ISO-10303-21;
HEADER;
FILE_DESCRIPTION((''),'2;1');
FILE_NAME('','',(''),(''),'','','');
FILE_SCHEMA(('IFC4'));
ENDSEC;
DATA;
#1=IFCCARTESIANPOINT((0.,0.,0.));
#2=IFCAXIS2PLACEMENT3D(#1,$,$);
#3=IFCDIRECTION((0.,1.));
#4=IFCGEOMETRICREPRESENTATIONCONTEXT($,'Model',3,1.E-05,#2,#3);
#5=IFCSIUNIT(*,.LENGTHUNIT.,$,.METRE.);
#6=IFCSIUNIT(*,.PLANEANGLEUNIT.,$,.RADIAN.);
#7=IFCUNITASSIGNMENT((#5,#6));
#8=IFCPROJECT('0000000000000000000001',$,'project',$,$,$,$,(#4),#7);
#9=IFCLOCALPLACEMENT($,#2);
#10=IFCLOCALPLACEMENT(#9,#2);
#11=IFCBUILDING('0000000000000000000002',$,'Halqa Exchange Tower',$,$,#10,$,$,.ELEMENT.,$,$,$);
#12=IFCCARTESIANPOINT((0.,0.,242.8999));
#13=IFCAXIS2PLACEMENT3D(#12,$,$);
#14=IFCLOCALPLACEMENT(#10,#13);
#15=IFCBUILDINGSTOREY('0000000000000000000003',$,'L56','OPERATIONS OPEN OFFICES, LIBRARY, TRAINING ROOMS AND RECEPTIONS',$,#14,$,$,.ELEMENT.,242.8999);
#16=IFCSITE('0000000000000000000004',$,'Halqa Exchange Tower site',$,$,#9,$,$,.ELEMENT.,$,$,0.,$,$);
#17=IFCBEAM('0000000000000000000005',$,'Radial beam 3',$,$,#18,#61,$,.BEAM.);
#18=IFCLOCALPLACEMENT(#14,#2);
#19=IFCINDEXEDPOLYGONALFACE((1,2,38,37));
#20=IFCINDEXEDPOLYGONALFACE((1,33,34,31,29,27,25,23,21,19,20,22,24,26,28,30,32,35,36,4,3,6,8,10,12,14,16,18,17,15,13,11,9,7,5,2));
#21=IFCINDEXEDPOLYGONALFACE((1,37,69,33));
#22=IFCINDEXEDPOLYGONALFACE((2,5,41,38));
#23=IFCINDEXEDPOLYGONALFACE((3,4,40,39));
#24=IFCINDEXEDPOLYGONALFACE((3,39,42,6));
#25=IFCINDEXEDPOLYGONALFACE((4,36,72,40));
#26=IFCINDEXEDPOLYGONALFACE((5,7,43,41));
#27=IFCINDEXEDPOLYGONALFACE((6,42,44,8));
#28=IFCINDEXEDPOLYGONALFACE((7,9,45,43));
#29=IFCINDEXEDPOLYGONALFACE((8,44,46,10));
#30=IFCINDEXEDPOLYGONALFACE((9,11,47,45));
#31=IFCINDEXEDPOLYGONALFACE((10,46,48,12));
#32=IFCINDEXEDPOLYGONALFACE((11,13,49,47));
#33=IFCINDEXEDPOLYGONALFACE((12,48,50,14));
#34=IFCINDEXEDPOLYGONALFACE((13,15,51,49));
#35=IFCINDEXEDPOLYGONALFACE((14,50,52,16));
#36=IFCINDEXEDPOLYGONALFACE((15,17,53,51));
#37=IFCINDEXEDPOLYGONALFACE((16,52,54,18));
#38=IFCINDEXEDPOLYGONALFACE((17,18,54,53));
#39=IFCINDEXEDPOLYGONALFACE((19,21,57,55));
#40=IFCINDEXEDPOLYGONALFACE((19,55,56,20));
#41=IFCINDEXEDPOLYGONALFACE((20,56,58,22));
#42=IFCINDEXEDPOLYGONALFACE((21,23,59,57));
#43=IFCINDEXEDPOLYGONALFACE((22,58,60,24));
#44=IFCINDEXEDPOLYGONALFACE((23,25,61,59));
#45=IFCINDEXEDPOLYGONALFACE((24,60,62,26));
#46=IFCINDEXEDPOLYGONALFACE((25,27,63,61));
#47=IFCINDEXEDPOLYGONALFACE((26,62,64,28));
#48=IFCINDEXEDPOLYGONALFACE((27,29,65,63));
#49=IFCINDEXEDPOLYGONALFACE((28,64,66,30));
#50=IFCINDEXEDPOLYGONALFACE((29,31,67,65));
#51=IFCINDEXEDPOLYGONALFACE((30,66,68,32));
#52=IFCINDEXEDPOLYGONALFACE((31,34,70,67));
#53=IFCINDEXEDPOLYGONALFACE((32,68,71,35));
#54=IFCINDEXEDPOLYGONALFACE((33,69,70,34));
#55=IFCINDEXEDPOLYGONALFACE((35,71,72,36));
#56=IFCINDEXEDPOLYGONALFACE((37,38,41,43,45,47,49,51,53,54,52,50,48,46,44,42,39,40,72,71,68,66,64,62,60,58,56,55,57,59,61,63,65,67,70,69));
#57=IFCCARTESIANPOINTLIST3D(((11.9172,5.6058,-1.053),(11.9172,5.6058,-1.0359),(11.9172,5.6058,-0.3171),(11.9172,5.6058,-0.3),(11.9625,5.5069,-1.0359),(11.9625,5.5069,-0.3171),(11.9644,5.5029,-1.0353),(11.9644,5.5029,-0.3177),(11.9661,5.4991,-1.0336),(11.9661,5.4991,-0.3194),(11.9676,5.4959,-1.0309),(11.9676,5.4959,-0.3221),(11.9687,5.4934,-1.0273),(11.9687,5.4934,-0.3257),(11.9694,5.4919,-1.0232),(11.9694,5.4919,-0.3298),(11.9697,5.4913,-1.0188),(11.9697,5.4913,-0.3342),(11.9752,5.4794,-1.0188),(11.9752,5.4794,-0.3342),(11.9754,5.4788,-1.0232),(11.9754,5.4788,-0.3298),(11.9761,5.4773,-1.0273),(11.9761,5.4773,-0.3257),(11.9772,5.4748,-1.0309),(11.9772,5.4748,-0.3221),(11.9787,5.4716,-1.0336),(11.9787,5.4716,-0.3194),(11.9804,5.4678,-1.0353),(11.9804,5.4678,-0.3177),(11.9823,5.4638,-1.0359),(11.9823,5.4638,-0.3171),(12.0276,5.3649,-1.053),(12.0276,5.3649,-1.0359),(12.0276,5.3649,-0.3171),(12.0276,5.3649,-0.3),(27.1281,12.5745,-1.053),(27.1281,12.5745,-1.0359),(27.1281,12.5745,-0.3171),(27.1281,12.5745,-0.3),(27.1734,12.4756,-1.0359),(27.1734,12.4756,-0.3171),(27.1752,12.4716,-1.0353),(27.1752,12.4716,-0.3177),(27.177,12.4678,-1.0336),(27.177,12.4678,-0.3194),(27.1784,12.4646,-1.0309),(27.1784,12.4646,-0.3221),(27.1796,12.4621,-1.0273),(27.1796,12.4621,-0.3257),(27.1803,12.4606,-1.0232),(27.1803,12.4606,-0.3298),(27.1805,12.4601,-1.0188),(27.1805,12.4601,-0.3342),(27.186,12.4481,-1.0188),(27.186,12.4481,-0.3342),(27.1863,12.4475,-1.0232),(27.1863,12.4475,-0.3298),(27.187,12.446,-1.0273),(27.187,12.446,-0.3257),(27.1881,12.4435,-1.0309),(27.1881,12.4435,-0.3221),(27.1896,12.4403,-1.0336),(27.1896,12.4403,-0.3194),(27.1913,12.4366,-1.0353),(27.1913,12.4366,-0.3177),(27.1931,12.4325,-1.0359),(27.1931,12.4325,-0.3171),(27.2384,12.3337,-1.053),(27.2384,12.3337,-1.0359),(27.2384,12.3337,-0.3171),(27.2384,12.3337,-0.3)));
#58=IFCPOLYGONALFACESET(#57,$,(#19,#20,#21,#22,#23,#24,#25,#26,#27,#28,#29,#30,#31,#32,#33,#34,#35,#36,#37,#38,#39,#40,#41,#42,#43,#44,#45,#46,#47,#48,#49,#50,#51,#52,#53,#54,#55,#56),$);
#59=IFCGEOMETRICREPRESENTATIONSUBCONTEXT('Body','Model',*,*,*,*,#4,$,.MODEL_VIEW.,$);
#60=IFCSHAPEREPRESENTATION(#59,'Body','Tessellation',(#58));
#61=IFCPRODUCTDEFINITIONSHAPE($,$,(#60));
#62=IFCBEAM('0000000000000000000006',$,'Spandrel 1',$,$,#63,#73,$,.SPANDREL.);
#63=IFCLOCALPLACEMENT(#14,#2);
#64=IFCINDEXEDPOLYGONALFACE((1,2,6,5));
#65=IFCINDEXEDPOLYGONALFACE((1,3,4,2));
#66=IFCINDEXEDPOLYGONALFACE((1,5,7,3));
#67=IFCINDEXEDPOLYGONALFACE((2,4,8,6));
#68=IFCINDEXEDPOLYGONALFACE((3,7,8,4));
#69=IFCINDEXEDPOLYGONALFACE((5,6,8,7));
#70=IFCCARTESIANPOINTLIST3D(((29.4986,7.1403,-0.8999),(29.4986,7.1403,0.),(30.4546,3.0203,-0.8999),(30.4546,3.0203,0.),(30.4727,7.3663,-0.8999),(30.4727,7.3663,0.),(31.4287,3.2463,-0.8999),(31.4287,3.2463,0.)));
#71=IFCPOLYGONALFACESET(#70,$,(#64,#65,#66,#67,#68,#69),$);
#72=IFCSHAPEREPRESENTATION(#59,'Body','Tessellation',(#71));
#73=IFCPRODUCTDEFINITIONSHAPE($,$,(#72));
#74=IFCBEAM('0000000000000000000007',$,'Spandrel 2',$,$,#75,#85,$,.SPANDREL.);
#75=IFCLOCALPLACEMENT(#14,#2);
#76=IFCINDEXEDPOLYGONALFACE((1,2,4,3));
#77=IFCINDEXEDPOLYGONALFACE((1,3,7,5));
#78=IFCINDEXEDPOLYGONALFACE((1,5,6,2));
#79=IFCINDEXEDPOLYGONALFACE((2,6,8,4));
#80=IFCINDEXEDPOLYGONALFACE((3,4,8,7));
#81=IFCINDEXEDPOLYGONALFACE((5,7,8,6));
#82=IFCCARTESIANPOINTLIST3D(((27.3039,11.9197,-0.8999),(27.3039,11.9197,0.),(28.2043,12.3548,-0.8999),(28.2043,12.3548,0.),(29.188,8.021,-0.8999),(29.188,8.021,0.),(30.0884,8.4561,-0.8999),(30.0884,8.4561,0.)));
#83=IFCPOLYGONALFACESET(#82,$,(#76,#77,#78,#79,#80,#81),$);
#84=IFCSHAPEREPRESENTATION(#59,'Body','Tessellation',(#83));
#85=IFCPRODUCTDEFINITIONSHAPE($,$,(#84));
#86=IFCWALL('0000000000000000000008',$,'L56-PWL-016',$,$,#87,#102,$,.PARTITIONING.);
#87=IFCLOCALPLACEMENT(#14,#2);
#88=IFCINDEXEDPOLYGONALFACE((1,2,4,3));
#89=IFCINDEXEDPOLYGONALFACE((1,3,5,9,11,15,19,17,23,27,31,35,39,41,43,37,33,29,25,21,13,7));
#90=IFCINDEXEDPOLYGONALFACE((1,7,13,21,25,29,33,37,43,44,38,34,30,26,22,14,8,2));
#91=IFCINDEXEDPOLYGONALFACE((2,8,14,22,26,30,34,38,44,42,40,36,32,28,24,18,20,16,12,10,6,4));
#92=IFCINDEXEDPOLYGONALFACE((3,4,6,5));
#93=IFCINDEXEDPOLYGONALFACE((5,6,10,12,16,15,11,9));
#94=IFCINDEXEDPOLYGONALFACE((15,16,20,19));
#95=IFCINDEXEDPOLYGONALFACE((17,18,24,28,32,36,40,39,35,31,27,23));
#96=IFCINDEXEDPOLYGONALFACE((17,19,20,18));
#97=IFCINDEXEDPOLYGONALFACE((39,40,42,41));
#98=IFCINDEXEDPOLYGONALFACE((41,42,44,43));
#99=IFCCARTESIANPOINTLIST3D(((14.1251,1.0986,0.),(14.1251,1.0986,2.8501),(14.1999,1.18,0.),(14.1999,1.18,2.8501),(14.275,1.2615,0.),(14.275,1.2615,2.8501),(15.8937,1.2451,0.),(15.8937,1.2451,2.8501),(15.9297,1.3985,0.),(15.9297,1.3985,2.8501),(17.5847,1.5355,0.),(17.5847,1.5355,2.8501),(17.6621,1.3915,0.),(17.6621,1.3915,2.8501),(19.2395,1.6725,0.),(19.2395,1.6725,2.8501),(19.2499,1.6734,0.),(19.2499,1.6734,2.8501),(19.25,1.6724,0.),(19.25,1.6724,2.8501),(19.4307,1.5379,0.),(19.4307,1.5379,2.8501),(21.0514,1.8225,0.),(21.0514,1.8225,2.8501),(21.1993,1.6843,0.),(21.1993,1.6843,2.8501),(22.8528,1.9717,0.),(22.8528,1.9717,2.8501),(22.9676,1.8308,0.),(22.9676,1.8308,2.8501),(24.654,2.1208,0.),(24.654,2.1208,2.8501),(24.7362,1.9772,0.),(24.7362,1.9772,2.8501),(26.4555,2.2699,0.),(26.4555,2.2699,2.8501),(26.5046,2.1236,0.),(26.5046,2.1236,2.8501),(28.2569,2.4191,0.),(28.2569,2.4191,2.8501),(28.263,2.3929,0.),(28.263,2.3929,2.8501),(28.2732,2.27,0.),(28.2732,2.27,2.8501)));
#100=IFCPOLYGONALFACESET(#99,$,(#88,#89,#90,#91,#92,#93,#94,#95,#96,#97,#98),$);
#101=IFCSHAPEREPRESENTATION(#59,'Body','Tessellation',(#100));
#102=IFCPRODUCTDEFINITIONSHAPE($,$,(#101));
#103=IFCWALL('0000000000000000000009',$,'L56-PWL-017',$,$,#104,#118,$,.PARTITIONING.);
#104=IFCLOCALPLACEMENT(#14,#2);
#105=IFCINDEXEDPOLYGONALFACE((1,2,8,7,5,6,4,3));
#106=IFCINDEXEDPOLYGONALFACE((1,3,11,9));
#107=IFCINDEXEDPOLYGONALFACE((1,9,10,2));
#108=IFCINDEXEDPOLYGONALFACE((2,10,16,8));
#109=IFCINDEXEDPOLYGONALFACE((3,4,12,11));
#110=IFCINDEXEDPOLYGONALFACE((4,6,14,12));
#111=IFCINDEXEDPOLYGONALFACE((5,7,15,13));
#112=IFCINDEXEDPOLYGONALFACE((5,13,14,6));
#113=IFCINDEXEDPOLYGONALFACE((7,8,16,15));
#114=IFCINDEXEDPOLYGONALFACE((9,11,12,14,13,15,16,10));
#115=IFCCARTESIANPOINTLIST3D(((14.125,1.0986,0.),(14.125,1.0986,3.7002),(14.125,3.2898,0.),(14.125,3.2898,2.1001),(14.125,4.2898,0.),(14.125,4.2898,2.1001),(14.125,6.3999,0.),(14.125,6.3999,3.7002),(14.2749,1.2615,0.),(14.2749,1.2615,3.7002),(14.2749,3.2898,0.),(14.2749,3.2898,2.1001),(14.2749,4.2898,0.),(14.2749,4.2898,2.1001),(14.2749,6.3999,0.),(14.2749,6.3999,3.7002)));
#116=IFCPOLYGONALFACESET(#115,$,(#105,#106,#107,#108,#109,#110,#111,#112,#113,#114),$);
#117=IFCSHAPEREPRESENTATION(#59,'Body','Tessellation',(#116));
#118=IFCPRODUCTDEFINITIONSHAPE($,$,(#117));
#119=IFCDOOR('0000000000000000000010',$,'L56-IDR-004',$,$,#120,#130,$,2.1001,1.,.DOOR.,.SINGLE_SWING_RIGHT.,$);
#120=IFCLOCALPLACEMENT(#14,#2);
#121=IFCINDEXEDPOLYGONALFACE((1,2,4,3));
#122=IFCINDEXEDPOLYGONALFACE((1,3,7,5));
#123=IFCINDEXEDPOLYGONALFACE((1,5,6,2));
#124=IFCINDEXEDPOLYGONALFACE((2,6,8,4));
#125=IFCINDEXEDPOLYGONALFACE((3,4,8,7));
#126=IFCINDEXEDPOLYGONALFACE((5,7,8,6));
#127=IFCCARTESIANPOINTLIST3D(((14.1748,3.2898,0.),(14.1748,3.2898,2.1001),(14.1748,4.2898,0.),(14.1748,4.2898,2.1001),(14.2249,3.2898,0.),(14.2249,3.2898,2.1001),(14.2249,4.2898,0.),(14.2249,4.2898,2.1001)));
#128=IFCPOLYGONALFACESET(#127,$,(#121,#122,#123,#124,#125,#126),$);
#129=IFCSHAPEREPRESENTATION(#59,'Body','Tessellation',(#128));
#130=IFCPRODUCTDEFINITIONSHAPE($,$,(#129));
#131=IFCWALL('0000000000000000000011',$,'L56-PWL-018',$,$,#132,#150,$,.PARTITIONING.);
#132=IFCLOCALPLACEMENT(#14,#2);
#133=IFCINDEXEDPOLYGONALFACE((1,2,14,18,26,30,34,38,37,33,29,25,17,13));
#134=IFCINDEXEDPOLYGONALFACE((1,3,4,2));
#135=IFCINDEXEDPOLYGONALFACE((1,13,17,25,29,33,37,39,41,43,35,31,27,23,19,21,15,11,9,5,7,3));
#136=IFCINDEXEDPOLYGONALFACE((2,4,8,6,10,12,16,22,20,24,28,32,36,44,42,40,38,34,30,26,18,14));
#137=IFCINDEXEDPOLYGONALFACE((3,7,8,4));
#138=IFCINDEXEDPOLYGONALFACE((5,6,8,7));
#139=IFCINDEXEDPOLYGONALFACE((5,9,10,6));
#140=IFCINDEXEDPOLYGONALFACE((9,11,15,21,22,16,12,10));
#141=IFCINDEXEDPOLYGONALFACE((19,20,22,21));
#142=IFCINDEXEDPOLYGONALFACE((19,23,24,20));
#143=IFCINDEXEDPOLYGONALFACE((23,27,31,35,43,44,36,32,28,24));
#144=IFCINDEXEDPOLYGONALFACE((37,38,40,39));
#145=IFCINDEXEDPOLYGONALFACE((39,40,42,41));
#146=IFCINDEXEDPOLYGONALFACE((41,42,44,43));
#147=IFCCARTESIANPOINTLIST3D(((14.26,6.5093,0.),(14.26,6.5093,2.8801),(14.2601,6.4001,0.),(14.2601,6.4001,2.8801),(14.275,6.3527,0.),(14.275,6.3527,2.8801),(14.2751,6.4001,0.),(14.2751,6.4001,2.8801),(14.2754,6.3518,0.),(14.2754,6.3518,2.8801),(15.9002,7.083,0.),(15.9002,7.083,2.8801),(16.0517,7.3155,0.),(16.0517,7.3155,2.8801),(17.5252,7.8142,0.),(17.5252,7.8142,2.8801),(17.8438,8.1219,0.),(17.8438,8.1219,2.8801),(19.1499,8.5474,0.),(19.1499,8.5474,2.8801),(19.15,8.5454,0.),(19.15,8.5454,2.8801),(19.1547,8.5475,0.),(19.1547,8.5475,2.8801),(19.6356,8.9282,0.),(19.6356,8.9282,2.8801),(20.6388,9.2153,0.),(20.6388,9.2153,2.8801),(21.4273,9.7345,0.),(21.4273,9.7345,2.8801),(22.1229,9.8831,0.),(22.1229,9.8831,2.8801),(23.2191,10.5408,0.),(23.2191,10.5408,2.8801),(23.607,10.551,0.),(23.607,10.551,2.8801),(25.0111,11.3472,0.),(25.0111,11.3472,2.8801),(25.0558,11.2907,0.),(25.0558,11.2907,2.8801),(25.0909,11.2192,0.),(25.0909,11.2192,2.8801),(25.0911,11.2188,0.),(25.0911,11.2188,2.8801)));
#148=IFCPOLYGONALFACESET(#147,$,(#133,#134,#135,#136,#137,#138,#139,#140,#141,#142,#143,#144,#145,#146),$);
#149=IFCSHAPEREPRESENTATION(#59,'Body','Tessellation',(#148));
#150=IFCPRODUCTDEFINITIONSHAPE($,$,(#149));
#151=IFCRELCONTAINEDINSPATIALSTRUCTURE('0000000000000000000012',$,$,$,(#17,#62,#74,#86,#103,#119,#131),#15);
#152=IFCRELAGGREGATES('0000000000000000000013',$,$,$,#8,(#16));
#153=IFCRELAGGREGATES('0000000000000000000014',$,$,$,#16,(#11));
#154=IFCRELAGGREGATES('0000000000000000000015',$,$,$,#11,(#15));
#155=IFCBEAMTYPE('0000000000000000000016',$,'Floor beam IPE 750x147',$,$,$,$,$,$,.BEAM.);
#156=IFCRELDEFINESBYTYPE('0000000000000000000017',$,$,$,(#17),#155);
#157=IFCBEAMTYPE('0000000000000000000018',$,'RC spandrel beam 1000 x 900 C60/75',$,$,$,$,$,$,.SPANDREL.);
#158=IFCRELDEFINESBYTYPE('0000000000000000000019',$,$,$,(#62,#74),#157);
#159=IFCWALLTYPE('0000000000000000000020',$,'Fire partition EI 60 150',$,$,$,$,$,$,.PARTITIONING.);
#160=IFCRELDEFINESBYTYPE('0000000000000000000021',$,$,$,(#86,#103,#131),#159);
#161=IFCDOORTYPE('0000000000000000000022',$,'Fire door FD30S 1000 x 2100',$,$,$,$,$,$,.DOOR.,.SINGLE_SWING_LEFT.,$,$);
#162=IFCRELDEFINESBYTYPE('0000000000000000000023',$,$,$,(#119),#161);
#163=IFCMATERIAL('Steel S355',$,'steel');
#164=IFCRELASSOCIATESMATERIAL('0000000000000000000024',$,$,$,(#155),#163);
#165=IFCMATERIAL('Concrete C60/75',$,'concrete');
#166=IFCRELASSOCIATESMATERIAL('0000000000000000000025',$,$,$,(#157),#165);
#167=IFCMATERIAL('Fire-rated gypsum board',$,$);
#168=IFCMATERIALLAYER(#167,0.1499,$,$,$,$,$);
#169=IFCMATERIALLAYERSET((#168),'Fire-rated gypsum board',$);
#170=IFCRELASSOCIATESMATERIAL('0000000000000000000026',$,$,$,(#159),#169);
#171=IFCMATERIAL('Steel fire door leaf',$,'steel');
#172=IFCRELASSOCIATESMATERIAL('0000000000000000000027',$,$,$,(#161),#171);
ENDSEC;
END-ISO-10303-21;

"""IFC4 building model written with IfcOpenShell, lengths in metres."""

from ifc_helpers import new_model, si_unit, direction, frame, frame_2d, origin, origin_2d, place, context, subcontext, project, spatial, polyline, rectangle, i_section, outline, extrude, material, layer, layer_set, material_profile, profile_set, type_object, element, fill, save


model = new_model("IFC4")

# Units and contexts
model_context = context("Model", 3, precision=1e-05, world=origin(), true_north=direction((0.0, 1.0)))
body_context = subcontext(model_context, "Body", "Model", "MODEL_VIEW")
ifc_project = project(units=[si_unit("LENGTHUNIT", "METRE"), si_unit("PLANEANGLEUNIT", "RADIAN")], contexts=[model_context])

# Site, building, storey
site_placement = place(None, origin())
site = spatial("IfcSite", under=ifc_project, at=site_placement, Name="Halqa Exchange Tower site", CompositionType="ELEMENT", RefElevation=0.0)
building_placement = place(site_placement, origin())
building = spatial("IfcBuilding", under=site, at=building_placement, Name="Halqa Exchange Tower", CompositionType="ELEMENT")
storey_placement = place(building_placement, frame((0.0, 0.0, 242.8999)))
storey = spatial("IfcBuildingStorey", under=building, at=storey_placement, Name="L56", Description="OPERATIONS OPEN OFFICES, LIBRARY, TRAINING ROOMS AND RECEPTIONS", CompositionType="ELEMENT", Elevation=242.8999)

# Shared definitions
ifc_material_1 = material(Name="Concrete C60/75", Category="concrete")

# Beams
ifc_material_2 = material(Name="Steel S355", Category="steel")
ifc_material_profile_1 = material_profile(ifc_material_2, i_section(OverallWidth=0.2649, OverallDepth=0.7529, WebThickness=0.0132, FlangeThickness=0.0171, FilletRadius=0.0171, at=origin_2d()), Name="IPE 750x147")
ifc_profile_set_1 = profile_set([ifc_material_profile_1], Name="Steel S355")
beam_type_1 = type_object("IfcBeamType", Name="Floor beam IPE 750x147", PredefinedType="BEAM", material=ifc_profile_set_1)
beam_1_placement = place(storey_placement, frame((11.9724, 5.4854, -0.6765), z_axis=(0.909131, 0.41651, 0.0), x_axis=(-0.41651, 0.909131, 0.0)))
element("IfcBeam", 1, at=beam_1_placement, inside=storey, type_object=beam_type_1, Name="Radial beam 3", PredefinedType="BEAM", context=body_context, shape_type="SweptSolid", body=[
    extrude(i_section(OverallWidth=0.2649, OverallDepth=0.7529, WebThickness=0.0132, FlangeThickness=0.0171, FilletRadius=0.0171, at=origin_2d()), origin(), (0.0, 0.0, 1.0), 16.7312),
])
ifc_material_profile_2 = material_profile(ifc_material_1, rectangle(XDim=1.0, YDim=0.8999, at=origin_2d()), Name="1000 x 900")
ifc_profile_set_2 = profile_set([ifc_material_profile_2], Name="Concrete C60/75")
beam_type_2 = type_object("IfcBeamType", Name="RC spandrel beam 1000 x 900 C60/75", PredefinedType="SPANDREL", material=ifc_profile_set_2)
beam_2_placement = place(storey_placement, frame((30.9417, 3.1333, -0.45), z_axis=(-0.22604, 0.974118, 0.0), x_axis=(-0.974118, -0.22604, 0.0)))
element("IfcBeam", 2, at=beam_2_placement, inside=storey, type_object=beam_type_2, Name="Spandrel 1", PredefinedType="SPANDREL", context=body_context, shape_type="SweptSolid", body=[
    extrude(rectangle(XDim=1.0, YDim=0.8999, at=origin_2d()), origin(), (0.0, 0.0, 1.0), 4.2295),
])
beam_3_placement = place(storey_placement, frame((29.6382, 8.2385, -0.45), z_axis=(-0.435107, 0.900379, 0.0), x_axis=(-0.900379, -0.435107, 0.0)))
element("IfcBeam", 3, at=beam_3_placement, inside=storey, type_object=beam_type_2, Name="Spandrel 2", PredefinedType="SPANDREL", context=body_context, shape_type="SweptSolid", body=[
    extrude(rectangle(XDim=1.0, YDim=0.8999, at=origin_2d()), origin(), (0.0, 0.0, 1.0), 4.3301),
])

# Wall
ifc_material_3 = material(Name="Fire-rated gypsum board")
ifc_layer_1 = layer(ifc_material_3, 0.1499)
ifc_layer_set_1 = layer_set([ifc_layer_1], Name="Fire-rated gypsum board")
wall_type_1 = type_object("IfcWallType", Name="Fire partition EI 60 150", PredefinedType="PARTITIONING", material=ifc_layer_set_1)
wall_1_placement = place(storey_placement, frame((14.1189, 1.1733, 0.0), z_axis=(0.0, 0.0, 1.0), x_axis=(0.99659, 0.082512, 0.0)))
element("IfcWall", 4, at=wall_1_placement, inside=storey, type_object=wall_type_1, Name="L56-PWL-016", PredefinedType="PARTITIONING", context=body_context, shape_type="SweptSolid", body=[
    extrude(outline(polyline([(14.1965, -0.075), (14.1965, 0.0483), (14.1926, 0.075), (12.385, 0.075), (10.5774, 0.075), (8.77, 0.075), (6.9624, 0.075), (5.1548, 0.075), (5.1548, 0.074), (5.1443, 0.075), (3.4839, 0.075), (1.8232, 0.075), (0.1628, 0.075), (0.0813, 0.0), (0.0, -0.075), (1.7747, -0.075), (3.5491, -0.075), (5.3237, -0.075), (7.0984, -0.075), (8.8728, -0.075), (10.6475, -0.075), (12.4219, -0.075), (14.1965, -0.075)])), origin(), (0.0, 0.0, 1.0), 2.8501),
])

# Wall, opening, door
wall_2_placement = place(storey_placement, frame((14.2, 6.3999, 0.0), z_axis=(0.0, 0.0, 1.0), x_axis=(0.0, -1.0, 0.0)))
wall_2 = element("IfcWall", 5, at=wall_2_placement, inside=storey, type_object=wall_type_1, Name="L56-PWL-017", PredefinedType="PARTITIONING", context=body_context, shape_type="SweptSolid", body=[
    extrude(outline(polyline([(0.0, -0.075), (1.7671, -0.075), (3.5342, -0.075), (5.3013, -0.075), (5.1384, 0.075), (3.4258, 0.075), (1.7129, 0.075), (0.0, 0.075), (0.0, -0.075)])), origin(), (0.0, 0.0, 1.0), 3.7002),
])
opening_1_placement = place(wall_2_placement, frame((2.1101, 0.0, 0.0)))
opening_1 = element("IfcOpeningElement", 6, at=opening_1_placement, cuts=wall_2, PredefinedType="OPENING", context=body_context, shape_type="SweptSolid", body=[
    extrude(rectangle(XDim=1.0, YDim=2.1001, at=frame_2d((0.5, 1.05))), frame((0.0, 0.0869, 0.0), z_axis=(0.0, -1.0, 0.0), x_axis=(1.0, 0.0, 0.0)), (0.0, 0.0, 1.0), 0.1738),
])
ifc_material_4 = material(Name="Steel fire door leaf", Category="steel")
door_type_1 = type_object("IfcDoorType", Name="Fire door FD30S 1000 x 2100", OperationType="SINGLE_SWING_LEFT", PredefinedType="DOOR", material=ifc_material_4)
door_1_placement = place(opening_1_placement, origin())
door_1 = element("IfcDoor", 7, at=door_1_placement, inside=storey, type_object=door_type_1, Name="L56-IDR-004", OperationType="SINGLE_SWING_RIGHT", OverallHeight=2.1001, OverallWidth=1.0, PredefinedType="DOOR", context=body_context, shape_type="SweptSolid", body=[
    extrude(rectangle(XDim=1.0, YDim=2.1001, at=frame_2d((0.5, 1.05))), frame((0.0, 0.0249, 0.0), z_axis=(0.0, -1.0, 0.0), x_axis=(1.0, 0.0, 0.0)), (0.0, 0.0, 1.0), 0.05),
])
fill(opening_1, door_1)

# Wall
wall_3_placement = place(storey_placement, frame((14.2446, 6.4202, 0.0), z_axis=(0.0, 0.0, 1.0), x_axis=(0.911925, 0.410357, 0.0)))
element("IfcWall", 8, at=wall_3_placement, inside=storey, type_object=wall_type_1, Name="L56-PWL-018", PredefinedType="PARTITIONING", context=body_context, shape_type="SweptSolid", body=[
    extrude(outline(polyline([(0.0, -0.075), (1.7817, -0.075), (3.5637, -0.075), (5.3455, -0.075), (5.3462, -0.073), (5.3506, -0.075), (6.978, -0.075), (8.6055, -0.075), (10.2329, -0.075), (11.8604, -0.075), (11.8604, -0.0745), (11.8577, 0.0051), (11.8401, 0.075), (9.875, 0.075), (7.9102, 0.075), (5.9453, 0.075), (3.9805, 0.075), (2.0154, 0.075), (0.0505, 0.075), (0.0059, -0.0247), (0.0195, -0.0308), (0.0, -0.074), (0.0, -0.075)])), origin(), (0.0, 0.0, 1.0), 2.8801),
])

save(model, "model.ifc")
